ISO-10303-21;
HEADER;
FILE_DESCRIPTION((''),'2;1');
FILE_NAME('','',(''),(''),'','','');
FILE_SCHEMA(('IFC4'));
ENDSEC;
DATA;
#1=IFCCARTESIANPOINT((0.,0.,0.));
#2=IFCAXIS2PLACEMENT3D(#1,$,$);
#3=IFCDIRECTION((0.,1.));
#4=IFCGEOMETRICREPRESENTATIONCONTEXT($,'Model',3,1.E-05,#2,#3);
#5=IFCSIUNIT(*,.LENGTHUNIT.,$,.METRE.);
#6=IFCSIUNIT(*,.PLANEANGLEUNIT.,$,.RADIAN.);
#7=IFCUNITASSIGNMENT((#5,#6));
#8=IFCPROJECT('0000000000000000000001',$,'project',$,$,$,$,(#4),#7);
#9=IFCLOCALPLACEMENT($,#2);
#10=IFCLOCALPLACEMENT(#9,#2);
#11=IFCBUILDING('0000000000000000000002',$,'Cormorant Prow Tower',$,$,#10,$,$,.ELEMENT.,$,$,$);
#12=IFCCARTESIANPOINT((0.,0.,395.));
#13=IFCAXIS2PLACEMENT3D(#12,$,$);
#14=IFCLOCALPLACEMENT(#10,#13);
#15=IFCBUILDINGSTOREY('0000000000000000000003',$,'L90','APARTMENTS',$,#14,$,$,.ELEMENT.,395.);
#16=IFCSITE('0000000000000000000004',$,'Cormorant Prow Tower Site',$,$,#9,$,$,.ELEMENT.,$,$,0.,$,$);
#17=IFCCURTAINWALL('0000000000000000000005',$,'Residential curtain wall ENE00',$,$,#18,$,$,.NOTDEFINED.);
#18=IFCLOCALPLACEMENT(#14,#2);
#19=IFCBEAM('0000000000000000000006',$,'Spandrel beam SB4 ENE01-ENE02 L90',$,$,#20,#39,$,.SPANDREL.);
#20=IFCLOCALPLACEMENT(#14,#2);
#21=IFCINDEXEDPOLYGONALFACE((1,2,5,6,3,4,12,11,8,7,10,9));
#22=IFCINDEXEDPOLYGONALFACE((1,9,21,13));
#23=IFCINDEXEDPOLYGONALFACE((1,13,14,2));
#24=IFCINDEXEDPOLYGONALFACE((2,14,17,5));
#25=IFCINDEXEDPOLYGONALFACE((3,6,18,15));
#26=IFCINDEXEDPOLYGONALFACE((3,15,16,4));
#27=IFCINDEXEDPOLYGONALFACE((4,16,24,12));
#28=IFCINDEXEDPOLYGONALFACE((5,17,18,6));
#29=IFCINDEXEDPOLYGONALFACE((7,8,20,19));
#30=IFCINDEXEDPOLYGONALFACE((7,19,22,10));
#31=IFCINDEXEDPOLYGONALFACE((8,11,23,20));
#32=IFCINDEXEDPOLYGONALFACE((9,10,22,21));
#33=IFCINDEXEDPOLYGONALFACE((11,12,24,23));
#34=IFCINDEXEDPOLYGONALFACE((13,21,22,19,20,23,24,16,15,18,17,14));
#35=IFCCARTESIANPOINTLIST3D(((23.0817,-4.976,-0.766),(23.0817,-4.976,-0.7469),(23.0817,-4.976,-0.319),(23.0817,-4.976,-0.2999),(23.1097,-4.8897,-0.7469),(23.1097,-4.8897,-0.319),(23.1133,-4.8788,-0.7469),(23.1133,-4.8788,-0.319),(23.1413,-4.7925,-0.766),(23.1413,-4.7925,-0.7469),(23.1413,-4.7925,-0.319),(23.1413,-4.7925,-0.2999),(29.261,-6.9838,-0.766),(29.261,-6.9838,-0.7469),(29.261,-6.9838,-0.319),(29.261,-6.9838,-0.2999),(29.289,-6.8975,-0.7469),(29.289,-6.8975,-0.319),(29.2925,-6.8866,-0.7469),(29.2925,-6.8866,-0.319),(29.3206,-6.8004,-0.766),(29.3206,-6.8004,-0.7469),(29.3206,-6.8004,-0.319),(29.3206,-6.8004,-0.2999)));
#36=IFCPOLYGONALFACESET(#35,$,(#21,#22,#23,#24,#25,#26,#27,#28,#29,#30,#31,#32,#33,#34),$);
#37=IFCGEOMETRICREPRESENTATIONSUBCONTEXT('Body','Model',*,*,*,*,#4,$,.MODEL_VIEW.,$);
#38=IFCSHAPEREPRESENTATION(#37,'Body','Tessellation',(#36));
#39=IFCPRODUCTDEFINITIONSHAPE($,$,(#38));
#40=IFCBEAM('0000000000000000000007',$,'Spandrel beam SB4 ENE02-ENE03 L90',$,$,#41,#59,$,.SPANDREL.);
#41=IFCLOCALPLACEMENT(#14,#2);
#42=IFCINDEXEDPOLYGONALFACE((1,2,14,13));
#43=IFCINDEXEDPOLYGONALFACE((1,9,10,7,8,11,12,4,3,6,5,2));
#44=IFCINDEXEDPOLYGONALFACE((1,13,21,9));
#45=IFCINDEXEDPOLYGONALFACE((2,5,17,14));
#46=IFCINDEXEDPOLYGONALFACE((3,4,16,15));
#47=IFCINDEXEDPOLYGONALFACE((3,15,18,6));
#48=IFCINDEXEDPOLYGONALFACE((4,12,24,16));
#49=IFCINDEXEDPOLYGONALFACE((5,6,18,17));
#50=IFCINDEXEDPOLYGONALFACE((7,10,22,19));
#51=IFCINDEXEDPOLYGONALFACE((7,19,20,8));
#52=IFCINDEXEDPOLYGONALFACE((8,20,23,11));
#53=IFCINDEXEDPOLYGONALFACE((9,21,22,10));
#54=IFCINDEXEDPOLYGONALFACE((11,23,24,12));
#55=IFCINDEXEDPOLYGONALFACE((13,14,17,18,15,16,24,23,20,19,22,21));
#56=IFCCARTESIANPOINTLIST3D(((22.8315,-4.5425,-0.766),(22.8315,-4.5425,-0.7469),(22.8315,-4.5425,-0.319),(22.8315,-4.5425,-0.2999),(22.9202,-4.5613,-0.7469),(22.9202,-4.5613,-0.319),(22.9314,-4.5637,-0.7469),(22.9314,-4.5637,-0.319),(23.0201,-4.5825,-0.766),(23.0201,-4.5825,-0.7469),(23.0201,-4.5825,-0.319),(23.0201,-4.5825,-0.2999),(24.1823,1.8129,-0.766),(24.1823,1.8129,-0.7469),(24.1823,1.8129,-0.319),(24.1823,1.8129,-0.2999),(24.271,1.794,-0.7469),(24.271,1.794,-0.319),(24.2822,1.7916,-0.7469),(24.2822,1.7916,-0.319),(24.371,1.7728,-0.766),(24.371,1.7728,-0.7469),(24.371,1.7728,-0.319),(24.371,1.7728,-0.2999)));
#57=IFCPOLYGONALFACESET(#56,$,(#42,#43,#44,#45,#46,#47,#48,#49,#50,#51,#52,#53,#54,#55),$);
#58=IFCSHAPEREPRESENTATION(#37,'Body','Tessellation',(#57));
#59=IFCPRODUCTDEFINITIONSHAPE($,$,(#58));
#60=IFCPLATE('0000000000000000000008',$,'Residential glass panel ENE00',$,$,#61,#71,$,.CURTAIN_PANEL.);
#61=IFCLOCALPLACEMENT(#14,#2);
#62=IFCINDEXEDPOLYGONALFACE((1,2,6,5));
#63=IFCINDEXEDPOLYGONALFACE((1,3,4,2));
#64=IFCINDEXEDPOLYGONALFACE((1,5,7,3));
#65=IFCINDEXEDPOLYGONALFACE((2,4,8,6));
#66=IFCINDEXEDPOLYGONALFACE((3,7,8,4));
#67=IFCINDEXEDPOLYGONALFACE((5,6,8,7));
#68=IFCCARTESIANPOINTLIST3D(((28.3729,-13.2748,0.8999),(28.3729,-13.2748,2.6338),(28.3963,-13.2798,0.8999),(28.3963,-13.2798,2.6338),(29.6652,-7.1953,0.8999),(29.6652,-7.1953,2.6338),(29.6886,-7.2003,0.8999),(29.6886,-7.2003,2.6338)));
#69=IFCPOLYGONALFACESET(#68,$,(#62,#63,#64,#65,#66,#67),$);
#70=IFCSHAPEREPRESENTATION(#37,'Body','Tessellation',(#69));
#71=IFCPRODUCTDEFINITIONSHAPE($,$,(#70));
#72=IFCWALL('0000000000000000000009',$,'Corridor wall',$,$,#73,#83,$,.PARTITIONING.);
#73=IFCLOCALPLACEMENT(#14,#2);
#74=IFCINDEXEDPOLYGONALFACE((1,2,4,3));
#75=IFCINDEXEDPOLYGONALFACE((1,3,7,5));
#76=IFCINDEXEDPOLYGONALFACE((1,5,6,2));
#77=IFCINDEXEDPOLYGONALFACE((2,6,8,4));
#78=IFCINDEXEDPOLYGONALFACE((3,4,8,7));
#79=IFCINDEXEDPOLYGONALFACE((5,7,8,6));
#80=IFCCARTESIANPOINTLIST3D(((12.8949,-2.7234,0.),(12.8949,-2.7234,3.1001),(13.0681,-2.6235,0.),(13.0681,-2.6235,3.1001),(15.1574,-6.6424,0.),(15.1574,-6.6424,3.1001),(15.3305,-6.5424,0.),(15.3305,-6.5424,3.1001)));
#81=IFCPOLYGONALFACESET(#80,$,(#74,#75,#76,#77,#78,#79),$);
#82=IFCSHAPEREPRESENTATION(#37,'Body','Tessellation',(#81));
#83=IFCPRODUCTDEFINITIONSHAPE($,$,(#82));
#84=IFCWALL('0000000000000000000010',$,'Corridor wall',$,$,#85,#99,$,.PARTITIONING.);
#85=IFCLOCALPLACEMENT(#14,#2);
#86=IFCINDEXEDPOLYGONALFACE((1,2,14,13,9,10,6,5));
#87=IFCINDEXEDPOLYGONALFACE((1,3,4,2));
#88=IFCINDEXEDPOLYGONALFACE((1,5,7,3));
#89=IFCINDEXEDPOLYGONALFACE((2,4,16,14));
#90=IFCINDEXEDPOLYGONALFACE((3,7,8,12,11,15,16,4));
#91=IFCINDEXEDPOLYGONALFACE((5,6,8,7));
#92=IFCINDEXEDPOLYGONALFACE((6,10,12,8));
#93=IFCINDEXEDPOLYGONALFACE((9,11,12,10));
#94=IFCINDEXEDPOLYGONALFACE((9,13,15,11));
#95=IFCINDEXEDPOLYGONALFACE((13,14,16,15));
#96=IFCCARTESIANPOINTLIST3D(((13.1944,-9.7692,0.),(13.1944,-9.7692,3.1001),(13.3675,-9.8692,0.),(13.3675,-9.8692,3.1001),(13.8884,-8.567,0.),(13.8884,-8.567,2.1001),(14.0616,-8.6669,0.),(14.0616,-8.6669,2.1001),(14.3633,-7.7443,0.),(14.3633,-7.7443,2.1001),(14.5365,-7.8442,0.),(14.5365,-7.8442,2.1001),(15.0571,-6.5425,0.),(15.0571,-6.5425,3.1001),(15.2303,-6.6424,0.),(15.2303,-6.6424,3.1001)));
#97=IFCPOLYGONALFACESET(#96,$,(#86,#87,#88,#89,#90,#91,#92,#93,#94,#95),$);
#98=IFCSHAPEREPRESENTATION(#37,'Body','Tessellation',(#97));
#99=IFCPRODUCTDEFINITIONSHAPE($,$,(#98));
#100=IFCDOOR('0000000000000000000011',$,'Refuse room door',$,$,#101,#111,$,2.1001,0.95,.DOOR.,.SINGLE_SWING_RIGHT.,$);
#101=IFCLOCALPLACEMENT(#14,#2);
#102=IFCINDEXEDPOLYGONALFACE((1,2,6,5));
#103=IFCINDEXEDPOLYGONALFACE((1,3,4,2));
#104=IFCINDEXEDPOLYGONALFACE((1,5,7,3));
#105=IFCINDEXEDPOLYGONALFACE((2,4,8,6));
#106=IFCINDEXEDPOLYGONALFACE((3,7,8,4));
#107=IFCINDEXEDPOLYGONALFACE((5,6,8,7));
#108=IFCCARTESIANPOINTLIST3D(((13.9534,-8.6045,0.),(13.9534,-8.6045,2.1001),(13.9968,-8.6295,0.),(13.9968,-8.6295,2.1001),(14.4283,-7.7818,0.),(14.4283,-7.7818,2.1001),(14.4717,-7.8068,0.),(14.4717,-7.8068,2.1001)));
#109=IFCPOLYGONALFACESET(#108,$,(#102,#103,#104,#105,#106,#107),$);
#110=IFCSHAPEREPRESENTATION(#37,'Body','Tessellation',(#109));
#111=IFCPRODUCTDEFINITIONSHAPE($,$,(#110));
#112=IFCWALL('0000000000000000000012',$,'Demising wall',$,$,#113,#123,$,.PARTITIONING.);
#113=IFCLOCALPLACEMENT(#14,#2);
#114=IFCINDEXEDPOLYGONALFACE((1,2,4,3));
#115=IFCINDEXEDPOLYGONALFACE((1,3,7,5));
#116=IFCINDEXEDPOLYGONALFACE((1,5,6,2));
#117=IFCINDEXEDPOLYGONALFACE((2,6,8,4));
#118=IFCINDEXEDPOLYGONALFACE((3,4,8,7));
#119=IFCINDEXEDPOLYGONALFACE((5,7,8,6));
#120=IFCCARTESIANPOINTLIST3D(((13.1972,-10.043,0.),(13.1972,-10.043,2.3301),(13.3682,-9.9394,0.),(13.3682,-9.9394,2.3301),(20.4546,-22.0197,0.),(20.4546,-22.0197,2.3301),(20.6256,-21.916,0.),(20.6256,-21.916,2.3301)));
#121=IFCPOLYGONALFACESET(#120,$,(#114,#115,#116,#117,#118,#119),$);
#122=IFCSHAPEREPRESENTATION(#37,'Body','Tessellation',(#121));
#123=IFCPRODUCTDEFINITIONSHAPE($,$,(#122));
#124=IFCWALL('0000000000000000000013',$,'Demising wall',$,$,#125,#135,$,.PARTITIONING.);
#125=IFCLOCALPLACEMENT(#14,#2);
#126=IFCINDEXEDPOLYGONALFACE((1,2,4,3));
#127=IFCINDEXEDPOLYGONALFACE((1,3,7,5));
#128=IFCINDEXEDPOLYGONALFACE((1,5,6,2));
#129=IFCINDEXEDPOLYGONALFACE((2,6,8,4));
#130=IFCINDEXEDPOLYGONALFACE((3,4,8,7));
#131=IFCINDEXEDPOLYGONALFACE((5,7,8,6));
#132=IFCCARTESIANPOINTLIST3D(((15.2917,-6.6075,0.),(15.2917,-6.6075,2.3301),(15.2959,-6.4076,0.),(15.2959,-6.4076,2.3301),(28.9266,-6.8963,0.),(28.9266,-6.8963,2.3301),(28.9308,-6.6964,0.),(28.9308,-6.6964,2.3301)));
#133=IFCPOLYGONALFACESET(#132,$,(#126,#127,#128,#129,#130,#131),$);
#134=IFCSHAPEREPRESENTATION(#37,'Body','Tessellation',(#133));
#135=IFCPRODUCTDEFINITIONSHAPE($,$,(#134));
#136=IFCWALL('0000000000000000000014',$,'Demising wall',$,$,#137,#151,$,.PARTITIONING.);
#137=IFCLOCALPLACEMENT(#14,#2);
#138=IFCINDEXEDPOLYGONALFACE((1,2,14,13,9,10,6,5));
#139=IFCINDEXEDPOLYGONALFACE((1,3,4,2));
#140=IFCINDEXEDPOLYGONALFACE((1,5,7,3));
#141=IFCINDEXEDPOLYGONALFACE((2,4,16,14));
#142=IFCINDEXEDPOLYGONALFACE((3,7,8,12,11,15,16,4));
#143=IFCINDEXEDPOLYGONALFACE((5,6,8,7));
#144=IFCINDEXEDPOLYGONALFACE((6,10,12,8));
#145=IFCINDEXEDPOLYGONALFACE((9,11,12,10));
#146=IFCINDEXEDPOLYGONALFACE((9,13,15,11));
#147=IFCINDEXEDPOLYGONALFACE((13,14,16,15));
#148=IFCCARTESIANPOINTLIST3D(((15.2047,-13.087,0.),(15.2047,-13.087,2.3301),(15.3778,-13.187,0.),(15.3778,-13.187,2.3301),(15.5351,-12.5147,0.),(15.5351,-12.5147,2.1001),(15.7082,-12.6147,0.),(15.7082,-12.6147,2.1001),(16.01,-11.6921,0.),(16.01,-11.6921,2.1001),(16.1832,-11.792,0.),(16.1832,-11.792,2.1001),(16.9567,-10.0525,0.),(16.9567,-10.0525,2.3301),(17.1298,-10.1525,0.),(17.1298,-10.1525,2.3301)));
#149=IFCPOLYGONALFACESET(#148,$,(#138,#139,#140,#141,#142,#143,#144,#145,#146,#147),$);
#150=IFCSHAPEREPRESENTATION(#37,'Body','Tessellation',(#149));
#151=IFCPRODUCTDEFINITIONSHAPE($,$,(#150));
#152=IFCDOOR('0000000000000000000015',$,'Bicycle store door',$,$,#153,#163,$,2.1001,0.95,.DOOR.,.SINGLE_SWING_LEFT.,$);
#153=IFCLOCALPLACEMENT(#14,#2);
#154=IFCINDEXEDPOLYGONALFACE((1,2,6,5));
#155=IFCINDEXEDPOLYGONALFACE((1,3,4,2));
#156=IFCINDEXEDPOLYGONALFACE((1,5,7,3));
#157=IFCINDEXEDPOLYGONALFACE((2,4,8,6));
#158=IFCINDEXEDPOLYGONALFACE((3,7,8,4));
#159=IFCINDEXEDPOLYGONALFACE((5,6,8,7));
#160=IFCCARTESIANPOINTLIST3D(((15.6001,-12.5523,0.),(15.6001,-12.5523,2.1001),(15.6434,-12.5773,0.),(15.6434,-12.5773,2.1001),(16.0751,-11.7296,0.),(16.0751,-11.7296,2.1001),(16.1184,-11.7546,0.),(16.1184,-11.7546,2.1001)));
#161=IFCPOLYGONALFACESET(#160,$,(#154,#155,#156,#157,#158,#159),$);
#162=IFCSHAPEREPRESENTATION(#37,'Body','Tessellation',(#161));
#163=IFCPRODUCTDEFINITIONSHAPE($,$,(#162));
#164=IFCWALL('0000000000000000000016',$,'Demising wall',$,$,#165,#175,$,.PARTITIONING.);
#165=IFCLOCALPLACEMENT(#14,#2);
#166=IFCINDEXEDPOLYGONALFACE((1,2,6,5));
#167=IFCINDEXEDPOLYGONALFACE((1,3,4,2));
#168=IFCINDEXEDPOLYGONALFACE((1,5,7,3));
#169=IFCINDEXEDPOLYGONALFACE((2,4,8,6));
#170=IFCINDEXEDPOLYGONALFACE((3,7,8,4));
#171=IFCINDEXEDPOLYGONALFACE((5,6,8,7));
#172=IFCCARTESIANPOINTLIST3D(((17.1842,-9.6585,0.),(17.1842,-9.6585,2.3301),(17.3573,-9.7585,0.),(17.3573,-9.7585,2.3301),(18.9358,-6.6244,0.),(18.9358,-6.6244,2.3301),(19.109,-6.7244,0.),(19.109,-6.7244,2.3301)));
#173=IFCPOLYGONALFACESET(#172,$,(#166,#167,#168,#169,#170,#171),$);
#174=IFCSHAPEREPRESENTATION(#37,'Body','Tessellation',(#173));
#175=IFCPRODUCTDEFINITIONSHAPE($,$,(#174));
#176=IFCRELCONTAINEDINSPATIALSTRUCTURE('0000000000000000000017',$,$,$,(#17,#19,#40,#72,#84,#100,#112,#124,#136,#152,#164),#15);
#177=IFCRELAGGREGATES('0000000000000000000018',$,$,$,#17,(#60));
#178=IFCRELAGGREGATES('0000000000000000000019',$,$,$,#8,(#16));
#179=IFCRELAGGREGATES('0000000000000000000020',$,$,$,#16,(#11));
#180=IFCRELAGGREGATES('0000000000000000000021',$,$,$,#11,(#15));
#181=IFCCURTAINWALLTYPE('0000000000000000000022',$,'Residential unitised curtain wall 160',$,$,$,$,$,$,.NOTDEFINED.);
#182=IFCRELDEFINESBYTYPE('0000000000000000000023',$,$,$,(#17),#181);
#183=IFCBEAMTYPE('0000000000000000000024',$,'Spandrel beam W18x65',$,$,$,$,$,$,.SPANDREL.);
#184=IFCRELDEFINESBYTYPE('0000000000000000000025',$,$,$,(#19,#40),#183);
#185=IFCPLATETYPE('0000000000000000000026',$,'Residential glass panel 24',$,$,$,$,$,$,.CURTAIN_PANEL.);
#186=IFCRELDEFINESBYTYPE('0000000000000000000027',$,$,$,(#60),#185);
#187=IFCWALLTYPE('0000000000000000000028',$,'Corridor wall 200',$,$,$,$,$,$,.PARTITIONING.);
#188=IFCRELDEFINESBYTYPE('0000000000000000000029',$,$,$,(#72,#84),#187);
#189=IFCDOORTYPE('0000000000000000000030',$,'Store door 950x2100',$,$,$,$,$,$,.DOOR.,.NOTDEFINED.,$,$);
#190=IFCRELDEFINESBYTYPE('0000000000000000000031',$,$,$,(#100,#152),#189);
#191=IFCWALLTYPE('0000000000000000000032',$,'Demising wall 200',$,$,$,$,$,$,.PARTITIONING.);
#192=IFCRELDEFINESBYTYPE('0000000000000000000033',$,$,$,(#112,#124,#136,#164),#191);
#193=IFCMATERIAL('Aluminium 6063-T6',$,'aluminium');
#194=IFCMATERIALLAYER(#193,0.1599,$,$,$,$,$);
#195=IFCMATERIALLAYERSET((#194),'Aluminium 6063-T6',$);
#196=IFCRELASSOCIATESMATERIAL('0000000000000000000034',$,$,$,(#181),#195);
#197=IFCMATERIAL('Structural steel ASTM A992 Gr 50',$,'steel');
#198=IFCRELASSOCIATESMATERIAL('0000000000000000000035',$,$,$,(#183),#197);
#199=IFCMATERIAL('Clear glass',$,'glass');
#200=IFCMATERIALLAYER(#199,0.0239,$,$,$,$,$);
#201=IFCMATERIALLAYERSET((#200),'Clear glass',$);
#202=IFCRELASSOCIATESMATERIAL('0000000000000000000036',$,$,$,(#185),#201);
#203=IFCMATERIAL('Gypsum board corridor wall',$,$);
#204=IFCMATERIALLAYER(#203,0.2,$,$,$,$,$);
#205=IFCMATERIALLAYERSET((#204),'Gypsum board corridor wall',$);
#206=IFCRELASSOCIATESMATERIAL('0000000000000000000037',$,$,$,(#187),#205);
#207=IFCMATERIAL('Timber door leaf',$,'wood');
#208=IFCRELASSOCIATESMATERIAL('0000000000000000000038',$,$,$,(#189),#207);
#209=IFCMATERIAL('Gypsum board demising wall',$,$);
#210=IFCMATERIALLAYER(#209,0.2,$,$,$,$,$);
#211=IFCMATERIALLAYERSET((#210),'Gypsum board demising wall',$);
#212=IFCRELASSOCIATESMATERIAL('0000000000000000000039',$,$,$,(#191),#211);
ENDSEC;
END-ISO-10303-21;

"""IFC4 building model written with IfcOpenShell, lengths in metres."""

from ifc_helpers import new_model, si_unit, direction, frame, frame_2d, origin, origin_2d, place, context, subcontext, project, spatial, rectangle, i_section, extrude, material, layer, layer_set, material_profile, profile_set, type_object, element, fill, aggregate, save


model = new_model("IFC4")

# Units and contexts
model_context = context("Model", 3, precision=1e-05, world=origin(), true_north=direction((0.0, 1.0)))
body_context = subcontext(model_context, "Body", "Model", "MODEL_VIEW")
ifc_project = project(units=[si_unit("LENGTHUNIT", "METRE"), si_unit("PLANEANGLEUNIT", "RADIAN")], contexts=[model_context])

# Site, building, storey
site_placement = place(None, origin())
site = spatial("IfcSite", under=ifc_project, at=site_placement, Name="Cormorant Prow Tower Site", CompositionType="ELEMENT", RefElevation=0.0)
building_placement = place(site_placement, origin())
building = spatial("IfcBuilding", under=site, at=building_placement, Name="Cormorant Prow Tower", CompositionType="ELEMENT")
storey_placement = place(building_placement, frame((0.0, 0.0, 395.0)))
storey = spatial("IfcBuildingStorey", under=building, at=storey_placement, Name="L90", Description="APARTMENTS", CompositionType="ELEMENT", Elevation=395.0)

# Curtain wall
ifc_material_1 = material(Name="Aluminium 6063-T6", Category="aluminium")
ifc_layer_1 = layer(ifc_material_1, 0.1599)
ifc_layer_set_1 = layer_set([ifc_layer_1], Name="Aluminium 6063-T6")
curtain_wall_type = type_object("IfcCurtainWallType", Name="Residential unitised curtain wall 160", PredefinedType="NOTDEFINED", material=ifc_layer_set_1)
curtain_wall_1_placement = place(storey_placement, origin())
curtain_wall_1 = element("IfcCurtainWall", 1, at=curtain_wall_1_placement, inside=storey, type_object=curtain_wall_type, Name="Residential curtain wall ENE00", PredefinedType="NOTDEFINED")

# Beams
ifc_material_2 = material(Name="Structural steel ASTM A992 Gr 50", Category="steel")
ifc_material_profile_1 = material_profile(ifc_material_2, i_section(OverallWidth=0.1929, OverallDepth=0.4661, WebThickness=0.0115, FlangeThickness=0.019, at=origin_2d()), Name="W18x65")
ifc_profile_set_1 = profile_set([ifc_material_profile_1], Name="Structural steel ASTM A992 Gr 50")
beam_type_1 = type_object("IfcBeamType", Name="Spandrel beam W18x65", PredefinedType="SPANDREL", material=ifc_profile_set_1)
for number, where, z_axis, x_axis, name in (
    (2, (29.2908, -6.8921, -0.533), (-0.951053, 0.309027, 0.0), (-0.309027, -0.951053, 0.0), "Spandrel beam SB4 ENE01-ENE02 L90"),
    (3, (22.9258, -4.5625, -0.533), (0.20791, 0.978148, 0.0), (-0.978148, 0.20791, 0.0), "Spandrel beam SB4 ENE02-ENE03 L90"),
):
    element("IfcBeam", number, at=place(storey_placement, frame(where, z_axis=z_axis, x_axis=x_axis)), inside=storey, type_object=beam_type_1, Name=name, PredefinedType="SPANDREL", context=body_context, shape_type="SweptSolid", body=[
        extrude(i_section(OverallWidth=0.1929, OverallDepth=0.4661, WebThickness=0.0115, FlangeThickness=0.019, at=origin_2d()), origin(), (0.0, 0.0, 1.0), 6.4973),
    ])

# Plate
ifc_material_3 = material(Name="Clear glass", Category="glass")
ifc_layer_2 = layer(ifc_material_3, 0.0239)
ifc_layer_set_2 = layer_set([ifc_layer_2], Name="Clear glass")
plate_type = type_object("IfcPlateType", Name="Residential glass panel 24", PredefinedType="CURTAIN_PANEL", material=ifc_layer_set_2)
plate_placement = place(storey_placement, frame((29.0308, -10.2375, 0.8999), z_axis=(0.0, 0.0, 1.0), x_axis=(0.207912, 0.978148, 0.0)))
plate = element("IfcPlate", 4, at=plate_placement, type_object=plate_type, Name="Residential glass panel ENE00", PredefinedType="CURTAIN_PANEL", context=body_context, shape_type="SweptSolid", body=[
    extrude(rectangle(XDim=6.2153, YDim=0.0239, at=origin_2d()), origin(), (0.0, 0.0, 1.0), 1.7339),
])
aggregate(curtain_wall_1, [plate])

# Wall
ifc_material_4 = material(Name="Gypsum board corridor wall")
ifc_layer_3 = layer(ifc_material_4, 0.2)
ifc_layer_set_3 = layer_set([ifc_layer_3], Name="Gypsum board corridor wall")
wall_type_1 = type_object("IfcWallType", Name="Corridor wall 200", PredefinedType="PARTITIONING", material=ifc_layer_set_3)
wall_1_placement = place(storey_placement, frame((12.9814, -2.6733, 0.0), z_axis=(0.0, 0.0, 1.0), x_axis=(0.499975, -0.86604, 0.0)))
element("IfcWall", 5, at=wall_1_placement, inside=storey, type_object=wall_type_1, Name="Corridor wall", PredefinedType="PARTITIONING", context=body_context, shape_type="SweptSolid", body=[
    extrude(rectangle(XDim=4.5251, YDim=0.2, at=frame_2d((2.2627, 0.0))), origin(), (0.0, 0.0, 1.0), 3.1001),
])

# Wall, opening, door
wall_2_placement = place(storey_placement, frame((13.281, -9.8191, 0.0), z_axis=(0.0, 0.0, 1.0), x_axis=(0.499959, 0.866049, 0.0)))
wall_2 = element("IfcWall", 6, at=wall_2_placement, inside=storey, type_object=wall_type_1, Name="Corridor wall", PredefinedType="PARTITIONING", context=body_context, shape_type="SweptSolid", body=[
    extrude(rectangle(XDim=3.7258, YDim=0.2, at=frame_2d((1.8628, 0.0))), origin(), (0.0, 0.0, 1.0), 3.1001),
])
opening_1_placement = place(wall_2_placement, frame((1.3879, 0.0, 0.0)))
opening_1 = element("IfcOpeningElement", 7, at=opening_1_placement, cuts=wall_2, PredefinedType="OPENING", context=body_context, shape_type="SweptSolid", body=[
    extrude(rectangle(XDim=0.95, YDim=2.1001, at=frame_2d((0.4751, 1.05))), frame((0.0, 0.1099, 0.0), z_axis=(0.0, -1.0, 0.0), x_axis=(1.0, 0.0, 0.0)), (0.0, 0.0, 1.0), 0.22),
])
ifc_material_5 = material(Name="Timber door leaf", Category="wood")
door_type_1 = type_object("IfcDoorType", Name="Store door 950x2100", OperationType="NOTDEFINED", PredefinedType="DOOR", material=ifc_material_5)
door_1_placement = place(opening_1_placement, origin())
door_1 = element("IfcDoor", 8, at=door_1_placement, inside=storey, type_object=door_type_1, Name="Refuse room door", OperationType="SINGLE_SWING_RIGHT", OverallHeight=2.1001, OverallWidth=0.95, PredefinedType="DOOR", context=body_context, shape_type="SweptSolid", body=[
    extrude(rectangle(XDim=0.95, YDim=2.1001, at=frame_2d((0.4751, 1.05))), frame((0.0, 0.0249, 0.0), z_axis=(0.0, -1.0, 0.0), x_axis=(1.0, 0.0, 0.0)), (0.0, 0.0, 1.0), 0.05),
])
fill(opening_1, door_1)

# Walls
ifc_material_6 = material(Name="Gypsum board demising wall")
ifc_layer_4 = layer(ifc_material_6, 0.2)
ifc_layer_set_4 = layer_set([ifc_layer_4], Name="Gypsum board demising wall")
wall_type_2 = type_object("IfcWallType", Name="Demising wall 200", PredefinedType="PARTITIONING", material=ifc_layer_set_4)
wall_3_placement = place(storey_placement, frame((13.2827, -9.9912, 0.0), z_axis=(0.0, 0.0, 1.0), x_axis=(0.518239, -0.855236, 0.0)))
element("IfcWall", 9, at=wall_3_placement, inside=storey, type_object=wall_type_2, Name="Demising wall", PredefinedType="PARTITIONING", context=body_context, shape_type="SweptSolid", body=[
    extrude(rectangle(XDim=14.0039, YDim=0.2, at=frame_2d((7.002, 0.0))), origin(), (0.0, 0.0, 1.0), 2.3301),
])
wall_4_placement = place(storey_placement, frame((15.2939, -6.5076, 0.0), z_axis=(0.0, 0.0, 1.0), x_axis=(0.999776, -0.021178, 0.0)))
element("IfcWall", 10, at=wall_4_placement, inside=storey, type_object=wall_type_2, Name="Demising wall", PredefinedType="PARTITIONING", context=body_context, shape_type="SweptSolid", body=[
    extrude(rectangle(XDim=13.6379, YDim=0.2, at=frame_2d((6.8188, 0.0))), origin(), (0.0, 0.0, 1.0), 2.3301),
])

# Wall, opening, door
wall_5_placement = place(storey_placement, frame((15.2913, -13.137, 0.0), z_axis=(0.0, 0.0, 1.0), x_axis=(0.500006, 0.866022, 0.0)))
wall_5 = element("IfcWall", 11, at=wall_5_placement, inside=storey, type_object=wall_type_2, Name="Demising wall", PredefinedType="PARTITIONING", context=body_context, shape_type="SweptSolid", body=[
    extrude(rectangle(XDim=3.5039, YDim=0.2, at=frame_2d((1.752, 0.0))), origin(), (0.0, 0.0, 1.0), 2.3301),
])
opening_2_placement = place(wall_5_placement, frame((0.6606, 0.0, 0.0)))
opening_2 = element("IfcOpeningElement", 12, at=opening_2_placement, cuts=wall_5, PredefinedType="OPENING", context=body_context, shape_type="SweptSolid", body=[
    extrude(rectangle(XDim=0.95, YDim=2.1001, at=frame_2d((0.4751, 1.05))), frame((0.0, 0.1099, 0.0), z_axis=(0.0, -1.0, 0.0), x_axis=(1.0, 0.0, 0.0)), (0.0, 0.0, 1.0), 0.22),
])
door_2_placement = place(opening_2_placement, origin())
door_2 = element("IfcDoor", 13, at=door_2_placement, inside=storey, type_object=door_type_1, Name="Bicycle store door", OperationType="SINGLE_SWING_LEFT", OverallHeight=2.1001, OverallWidth=0.95, PredefinedType="DOOR", context=body_context, shape_type="SweptSolid", body=[
    extrude(rectangle(XDim=0.95, YDim=2.1001, at=frame_2d((0.4751, 1.05))), frame((0.0, 0.0249, 0.0), z_axis=(0.0, -1.0, 0.0), x_axis=(1.0, 0.0, 0.0)), (0.0, 0.0, 1.0), 0.05),
])
fill(opening_2, door_2)

# Wall
wall_6_placement = place(storey_placement, frame((17.2708, -9.7085, 0.0), z_axis=(0.0, 0.0, 1.0), x_axis=(0.499984, 0.866035, 0.0)))
element("IfcWall", 14, at=wall_6_placement, inside=storey, type_object=wall_type_2, Name="Demising wall", PredefinedType="PARTITIONING", context=body_context, shape_type="SweptSolid", body=[
    extrude(rectangle(XDim=3.5034, YDim=0.2, at=frame_2d((1.7517, 0.0))), origin(), (0.0, 0.0, 1.0), 2.3301),
])

save(model, "model.ifc")
